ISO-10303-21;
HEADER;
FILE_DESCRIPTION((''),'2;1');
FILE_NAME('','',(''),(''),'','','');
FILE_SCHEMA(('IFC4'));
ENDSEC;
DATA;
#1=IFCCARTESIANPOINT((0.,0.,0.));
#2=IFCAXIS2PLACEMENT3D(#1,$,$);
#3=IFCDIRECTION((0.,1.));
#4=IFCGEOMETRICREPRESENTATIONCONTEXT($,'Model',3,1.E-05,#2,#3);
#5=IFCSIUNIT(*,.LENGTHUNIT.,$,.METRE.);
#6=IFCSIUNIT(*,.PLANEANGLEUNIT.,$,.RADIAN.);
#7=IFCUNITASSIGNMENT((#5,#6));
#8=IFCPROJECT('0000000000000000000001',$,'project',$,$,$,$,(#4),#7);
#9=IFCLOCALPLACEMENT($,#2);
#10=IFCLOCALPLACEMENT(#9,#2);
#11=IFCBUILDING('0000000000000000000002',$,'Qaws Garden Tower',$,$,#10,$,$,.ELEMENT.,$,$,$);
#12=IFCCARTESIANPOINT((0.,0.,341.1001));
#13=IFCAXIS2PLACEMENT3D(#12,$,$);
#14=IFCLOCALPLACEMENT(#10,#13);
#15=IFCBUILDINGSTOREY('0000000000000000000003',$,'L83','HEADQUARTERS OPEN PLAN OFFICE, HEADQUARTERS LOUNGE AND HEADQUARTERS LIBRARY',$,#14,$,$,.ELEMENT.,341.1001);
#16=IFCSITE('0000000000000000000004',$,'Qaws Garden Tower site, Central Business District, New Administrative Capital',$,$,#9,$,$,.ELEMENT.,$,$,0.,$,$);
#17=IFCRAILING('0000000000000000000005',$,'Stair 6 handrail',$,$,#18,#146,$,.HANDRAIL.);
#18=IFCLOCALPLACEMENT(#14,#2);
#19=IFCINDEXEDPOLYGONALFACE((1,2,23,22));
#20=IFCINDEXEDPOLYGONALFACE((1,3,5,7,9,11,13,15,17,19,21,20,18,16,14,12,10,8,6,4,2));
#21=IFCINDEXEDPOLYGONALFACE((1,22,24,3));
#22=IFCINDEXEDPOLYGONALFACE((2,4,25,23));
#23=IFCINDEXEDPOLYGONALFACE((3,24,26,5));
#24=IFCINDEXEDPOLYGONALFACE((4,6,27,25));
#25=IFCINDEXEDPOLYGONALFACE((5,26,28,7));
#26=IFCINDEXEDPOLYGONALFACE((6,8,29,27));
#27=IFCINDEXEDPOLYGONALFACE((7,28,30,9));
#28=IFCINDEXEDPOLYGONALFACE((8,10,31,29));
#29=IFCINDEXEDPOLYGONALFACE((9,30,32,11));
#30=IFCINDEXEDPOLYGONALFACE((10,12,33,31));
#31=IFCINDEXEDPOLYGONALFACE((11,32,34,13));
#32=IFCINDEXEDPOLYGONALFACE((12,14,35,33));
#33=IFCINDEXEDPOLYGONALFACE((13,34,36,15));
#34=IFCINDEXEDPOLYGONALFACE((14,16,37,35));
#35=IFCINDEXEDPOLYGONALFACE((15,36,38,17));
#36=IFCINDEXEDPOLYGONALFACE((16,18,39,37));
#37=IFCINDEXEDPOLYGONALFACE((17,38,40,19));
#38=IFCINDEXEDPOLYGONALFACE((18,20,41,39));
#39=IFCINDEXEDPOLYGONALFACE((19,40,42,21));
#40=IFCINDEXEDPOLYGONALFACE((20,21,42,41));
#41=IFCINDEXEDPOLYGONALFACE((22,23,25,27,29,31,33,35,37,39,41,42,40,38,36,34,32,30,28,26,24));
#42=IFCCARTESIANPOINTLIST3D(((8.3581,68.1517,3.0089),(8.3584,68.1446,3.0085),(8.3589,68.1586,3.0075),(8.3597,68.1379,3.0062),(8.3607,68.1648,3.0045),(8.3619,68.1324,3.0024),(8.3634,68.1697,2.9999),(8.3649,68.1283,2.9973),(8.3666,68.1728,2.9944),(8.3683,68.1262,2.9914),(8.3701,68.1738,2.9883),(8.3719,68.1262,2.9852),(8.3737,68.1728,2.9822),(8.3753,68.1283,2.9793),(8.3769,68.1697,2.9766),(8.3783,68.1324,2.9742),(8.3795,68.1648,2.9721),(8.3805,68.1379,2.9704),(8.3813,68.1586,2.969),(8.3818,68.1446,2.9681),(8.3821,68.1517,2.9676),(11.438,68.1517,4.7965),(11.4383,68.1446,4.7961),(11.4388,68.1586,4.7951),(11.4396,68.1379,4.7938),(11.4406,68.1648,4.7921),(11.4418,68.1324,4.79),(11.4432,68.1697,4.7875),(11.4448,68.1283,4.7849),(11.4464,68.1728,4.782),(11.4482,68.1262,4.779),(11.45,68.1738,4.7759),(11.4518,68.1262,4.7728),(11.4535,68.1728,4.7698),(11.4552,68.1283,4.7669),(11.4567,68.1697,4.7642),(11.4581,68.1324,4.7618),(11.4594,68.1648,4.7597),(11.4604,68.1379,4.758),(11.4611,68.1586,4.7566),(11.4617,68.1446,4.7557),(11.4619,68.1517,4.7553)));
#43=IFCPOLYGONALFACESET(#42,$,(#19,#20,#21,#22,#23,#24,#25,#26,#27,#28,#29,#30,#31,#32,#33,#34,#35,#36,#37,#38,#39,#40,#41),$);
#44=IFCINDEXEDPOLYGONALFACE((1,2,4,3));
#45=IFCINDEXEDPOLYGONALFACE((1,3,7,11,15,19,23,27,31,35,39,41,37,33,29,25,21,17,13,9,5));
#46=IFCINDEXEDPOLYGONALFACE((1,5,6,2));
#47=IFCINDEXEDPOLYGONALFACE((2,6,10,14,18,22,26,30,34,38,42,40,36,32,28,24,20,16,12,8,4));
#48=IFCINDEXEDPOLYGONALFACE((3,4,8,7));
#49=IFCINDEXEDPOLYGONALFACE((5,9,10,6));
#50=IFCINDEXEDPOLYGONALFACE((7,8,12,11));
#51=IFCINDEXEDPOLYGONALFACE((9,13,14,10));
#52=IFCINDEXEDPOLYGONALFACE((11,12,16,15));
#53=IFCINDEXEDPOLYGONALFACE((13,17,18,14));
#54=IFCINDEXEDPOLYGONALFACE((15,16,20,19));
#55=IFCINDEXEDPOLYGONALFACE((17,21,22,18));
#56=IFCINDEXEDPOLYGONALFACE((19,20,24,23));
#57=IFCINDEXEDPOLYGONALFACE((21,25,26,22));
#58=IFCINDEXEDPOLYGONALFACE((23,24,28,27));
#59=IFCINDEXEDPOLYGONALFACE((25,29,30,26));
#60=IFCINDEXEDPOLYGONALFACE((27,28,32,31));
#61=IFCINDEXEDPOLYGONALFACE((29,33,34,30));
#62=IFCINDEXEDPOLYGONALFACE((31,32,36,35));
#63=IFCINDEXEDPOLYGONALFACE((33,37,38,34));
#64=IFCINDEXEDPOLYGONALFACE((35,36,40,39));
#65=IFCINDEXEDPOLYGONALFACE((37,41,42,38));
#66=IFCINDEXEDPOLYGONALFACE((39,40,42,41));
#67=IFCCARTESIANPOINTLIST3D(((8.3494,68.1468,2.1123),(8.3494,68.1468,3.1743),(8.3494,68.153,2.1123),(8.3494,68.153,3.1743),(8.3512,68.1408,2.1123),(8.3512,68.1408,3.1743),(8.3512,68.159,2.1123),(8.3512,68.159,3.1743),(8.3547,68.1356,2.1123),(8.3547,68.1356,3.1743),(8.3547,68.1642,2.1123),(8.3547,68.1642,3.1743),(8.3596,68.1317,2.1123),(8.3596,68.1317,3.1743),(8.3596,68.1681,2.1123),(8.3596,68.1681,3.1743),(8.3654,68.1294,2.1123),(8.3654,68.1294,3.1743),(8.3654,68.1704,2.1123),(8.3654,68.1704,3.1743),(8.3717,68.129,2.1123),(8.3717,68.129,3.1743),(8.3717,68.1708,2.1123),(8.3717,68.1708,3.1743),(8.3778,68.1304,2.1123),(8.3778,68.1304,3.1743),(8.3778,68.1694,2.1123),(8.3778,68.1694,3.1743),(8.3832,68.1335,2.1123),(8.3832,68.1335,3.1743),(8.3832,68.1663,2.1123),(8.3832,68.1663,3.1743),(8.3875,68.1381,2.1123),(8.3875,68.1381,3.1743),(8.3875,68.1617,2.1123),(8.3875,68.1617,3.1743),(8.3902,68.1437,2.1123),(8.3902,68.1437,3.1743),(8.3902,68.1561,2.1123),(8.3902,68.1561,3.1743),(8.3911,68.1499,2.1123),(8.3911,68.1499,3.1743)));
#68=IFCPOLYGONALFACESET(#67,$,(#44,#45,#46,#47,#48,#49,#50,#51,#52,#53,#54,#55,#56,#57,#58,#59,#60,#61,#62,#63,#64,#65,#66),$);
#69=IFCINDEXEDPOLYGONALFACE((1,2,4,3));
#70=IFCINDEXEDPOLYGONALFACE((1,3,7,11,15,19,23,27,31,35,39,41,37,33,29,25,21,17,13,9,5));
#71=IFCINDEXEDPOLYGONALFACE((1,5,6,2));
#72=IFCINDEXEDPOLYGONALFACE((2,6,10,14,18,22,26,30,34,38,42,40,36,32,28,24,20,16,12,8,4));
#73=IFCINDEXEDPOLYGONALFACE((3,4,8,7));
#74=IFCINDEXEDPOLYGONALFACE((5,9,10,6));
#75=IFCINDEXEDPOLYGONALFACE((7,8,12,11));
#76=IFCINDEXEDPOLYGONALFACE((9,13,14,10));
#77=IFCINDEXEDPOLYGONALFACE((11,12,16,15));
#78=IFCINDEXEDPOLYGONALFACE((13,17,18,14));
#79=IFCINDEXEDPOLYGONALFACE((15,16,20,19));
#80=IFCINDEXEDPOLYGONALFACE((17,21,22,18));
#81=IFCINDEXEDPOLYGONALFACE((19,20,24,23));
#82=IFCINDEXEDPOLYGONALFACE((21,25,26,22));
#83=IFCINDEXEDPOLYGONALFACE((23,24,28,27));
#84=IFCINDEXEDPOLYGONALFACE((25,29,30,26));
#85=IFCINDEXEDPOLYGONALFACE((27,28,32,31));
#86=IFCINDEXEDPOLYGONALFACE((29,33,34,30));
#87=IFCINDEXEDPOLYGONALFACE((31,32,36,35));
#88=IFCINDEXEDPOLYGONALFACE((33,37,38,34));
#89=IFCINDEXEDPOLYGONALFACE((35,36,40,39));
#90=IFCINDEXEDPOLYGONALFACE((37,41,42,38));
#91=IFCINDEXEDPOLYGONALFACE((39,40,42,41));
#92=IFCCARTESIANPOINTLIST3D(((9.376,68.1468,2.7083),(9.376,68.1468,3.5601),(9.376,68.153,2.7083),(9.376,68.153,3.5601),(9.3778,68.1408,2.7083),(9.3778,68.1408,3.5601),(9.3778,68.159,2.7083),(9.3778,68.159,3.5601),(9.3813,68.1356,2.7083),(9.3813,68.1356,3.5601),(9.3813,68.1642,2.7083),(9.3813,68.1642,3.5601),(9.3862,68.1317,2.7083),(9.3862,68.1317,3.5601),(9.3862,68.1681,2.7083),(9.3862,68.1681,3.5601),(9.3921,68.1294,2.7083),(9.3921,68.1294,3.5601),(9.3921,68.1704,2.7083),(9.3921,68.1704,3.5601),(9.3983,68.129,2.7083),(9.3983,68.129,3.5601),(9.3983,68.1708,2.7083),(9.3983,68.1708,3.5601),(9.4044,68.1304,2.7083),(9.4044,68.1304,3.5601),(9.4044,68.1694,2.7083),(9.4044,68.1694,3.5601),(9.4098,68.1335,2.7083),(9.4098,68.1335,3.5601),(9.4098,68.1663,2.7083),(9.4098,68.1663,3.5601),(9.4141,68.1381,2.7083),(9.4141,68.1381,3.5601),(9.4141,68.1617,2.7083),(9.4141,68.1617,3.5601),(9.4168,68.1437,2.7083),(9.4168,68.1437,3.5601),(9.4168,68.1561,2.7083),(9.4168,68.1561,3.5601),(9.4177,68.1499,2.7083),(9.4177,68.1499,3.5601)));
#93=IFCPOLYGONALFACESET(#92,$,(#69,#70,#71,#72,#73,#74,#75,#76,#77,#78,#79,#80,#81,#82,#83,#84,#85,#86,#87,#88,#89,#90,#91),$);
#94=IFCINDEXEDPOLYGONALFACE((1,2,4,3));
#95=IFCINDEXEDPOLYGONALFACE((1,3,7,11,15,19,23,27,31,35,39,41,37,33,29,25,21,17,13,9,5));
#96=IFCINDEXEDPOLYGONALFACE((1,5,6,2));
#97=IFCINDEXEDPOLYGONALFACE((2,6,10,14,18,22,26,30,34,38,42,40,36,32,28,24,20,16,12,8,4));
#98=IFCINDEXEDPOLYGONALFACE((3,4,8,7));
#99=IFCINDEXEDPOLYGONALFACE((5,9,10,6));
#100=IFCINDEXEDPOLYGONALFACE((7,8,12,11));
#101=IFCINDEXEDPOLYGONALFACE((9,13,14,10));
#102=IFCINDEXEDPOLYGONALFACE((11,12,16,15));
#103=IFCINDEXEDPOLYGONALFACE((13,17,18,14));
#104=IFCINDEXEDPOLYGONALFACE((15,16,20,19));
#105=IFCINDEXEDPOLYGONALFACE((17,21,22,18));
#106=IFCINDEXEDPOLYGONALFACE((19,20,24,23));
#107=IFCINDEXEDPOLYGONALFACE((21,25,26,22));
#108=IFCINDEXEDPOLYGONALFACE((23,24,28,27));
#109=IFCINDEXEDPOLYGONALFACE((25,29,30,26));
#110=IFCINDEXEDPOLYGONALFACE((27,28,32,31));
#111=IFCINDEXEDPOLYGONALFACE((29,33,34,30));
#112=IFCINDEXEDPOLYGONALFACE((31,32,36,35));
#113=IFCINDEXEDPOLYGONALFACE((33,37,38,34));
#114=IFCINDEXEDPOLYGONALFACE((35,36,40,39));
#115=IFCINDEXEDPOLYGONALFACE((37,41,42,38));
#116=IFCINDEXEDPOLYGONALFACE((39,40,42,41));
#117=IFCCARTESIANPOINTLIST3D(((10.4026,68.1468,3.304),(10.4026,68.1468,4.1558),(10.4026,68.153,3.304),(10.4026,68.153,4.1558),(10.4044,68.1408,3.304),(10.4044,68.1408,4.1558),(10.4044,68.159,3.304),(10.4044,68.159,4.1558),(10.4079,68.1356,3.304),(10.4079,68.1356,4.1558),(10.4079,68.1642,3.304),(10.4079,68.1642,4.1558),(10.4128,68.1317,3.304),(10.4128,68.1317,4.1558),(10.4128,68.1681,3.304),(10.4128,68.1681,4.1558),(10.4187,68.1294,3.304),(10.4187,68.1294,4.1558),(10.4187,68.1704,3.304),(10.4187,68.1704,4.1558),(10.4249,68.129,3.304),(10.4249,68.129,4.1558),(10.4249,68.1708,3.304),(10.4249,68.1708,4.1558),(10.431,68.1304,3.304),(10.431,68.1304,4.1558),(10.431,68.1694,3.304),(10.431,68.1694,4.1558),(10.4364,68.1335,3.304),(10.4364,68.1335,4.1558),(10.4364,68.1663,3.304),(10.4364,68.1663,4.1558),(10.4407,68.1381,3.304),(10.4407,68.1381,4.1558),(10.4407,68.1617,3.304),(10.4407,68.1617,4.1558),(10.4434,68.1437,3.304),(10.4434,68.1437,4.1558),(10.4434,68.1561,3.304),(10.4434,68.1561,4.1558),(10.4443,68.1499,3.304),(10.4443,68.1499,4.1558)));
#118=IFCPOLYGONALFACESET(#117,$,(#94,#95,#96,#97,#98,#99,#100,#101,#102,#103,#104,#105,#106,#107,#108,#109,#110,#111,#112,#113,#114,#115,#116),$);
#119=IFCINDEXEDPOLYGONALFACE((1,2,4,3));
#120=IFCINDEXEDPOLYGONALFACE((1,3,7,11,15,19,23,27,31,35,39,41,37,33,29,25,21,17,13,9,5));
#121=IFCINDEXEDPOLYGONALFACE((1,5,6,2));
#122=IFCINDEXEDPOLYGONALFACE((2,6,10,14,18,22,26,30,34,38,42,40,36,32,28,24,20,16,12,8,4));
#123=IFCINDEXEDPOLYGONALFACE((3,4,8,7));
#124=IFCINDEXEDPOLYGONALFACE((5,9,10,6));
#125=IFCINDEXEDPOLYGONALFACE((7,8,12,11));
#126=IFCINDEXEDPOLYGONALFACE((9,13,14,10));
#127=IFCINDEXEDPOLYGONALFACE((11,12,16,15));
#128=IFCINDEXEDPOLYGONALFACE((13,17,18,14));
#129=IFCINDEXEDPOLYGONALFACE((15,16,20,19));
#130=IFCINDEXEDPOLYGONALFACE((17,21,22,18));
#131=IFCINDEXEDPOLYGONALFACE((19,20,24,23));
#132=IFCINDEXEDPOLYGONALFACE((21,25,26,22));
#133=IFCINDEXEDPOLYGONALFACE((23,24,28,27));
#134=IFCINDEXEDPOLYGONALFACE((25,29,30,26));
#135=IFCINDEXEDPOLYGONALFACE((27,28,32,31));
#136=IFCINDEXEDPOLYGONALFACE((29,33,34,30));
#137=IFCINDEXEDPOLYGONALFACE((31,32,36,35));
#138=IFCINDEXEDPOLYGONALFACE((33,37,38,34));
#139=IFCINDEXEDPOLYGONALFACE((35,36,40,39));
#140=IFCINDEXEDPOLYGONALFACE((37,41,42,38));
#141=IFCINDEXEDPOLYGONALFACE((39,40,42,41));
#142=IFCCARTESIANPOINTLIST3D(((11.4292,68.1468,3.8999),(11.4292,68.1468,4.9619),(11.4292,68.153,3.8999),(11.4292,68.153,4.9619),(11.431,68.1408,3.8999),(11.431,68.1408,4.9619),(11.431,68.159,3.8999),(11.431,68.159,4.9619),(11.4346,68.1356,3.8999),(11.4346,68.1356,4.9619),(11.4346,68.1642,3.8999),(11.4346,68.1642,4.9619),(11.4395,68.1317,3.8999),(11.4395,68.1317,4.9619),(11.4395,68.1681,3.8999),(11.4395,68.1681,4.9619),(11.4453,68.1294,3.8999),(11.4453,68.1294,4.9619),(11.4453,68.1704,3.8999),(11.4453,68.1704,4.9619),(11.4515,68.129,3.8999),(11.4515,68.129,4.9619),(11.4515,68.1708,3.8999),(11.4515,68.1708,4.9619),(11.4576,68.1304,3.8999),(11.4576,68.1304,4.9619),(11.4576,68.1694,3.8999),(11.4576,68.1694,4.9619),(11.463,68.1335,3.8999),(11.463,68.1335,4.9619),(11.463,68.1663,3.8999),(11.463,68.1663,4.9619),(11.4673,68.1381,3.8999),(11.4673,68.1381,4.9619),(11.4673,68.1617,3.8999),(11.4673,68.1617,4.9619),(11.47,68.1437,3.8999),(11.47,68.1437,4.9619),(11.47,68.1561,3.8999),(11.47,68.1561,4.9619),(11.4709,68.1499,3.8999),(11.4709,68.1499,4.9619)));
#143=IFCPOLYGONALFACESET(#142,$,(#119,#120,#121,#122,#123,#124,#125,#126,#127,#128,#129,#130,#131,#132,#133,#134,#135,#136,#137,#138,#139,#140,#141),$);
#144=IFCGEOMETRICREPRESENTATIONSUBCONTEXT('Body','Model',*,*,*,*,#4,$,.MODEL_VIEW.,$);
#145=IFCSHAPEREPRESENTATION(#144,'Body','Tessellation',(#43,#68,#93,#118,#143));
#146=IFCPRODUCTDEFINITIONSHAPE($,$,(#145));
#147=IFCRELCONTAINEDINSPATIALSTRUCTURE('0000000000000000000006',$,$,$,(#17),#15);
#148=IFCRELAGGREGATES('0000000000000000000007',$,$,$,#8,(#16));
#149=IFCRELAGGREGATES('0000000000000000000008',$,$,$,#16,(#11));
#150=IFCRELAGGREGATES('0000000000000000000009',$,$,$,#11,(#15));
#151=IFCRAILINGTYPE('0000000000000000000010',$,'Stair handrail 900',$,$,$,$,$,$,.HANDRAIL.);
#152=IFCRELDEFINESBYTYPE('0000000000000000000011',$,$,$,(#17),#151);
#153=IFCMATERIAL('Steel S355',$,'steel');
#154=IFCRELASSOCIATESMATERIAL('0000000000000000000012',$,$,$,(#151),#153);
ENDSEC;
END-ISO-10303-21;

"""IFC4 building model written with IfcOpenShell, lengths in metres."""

from ifc_helpers import new_model, si_unit, direction, frame, origin, origin_2d, place, context, subcontext, project, spatial, circle, extrude, material, type_object, element, save


model = new_model("IFC4")

# Units and contexts
model_context = context("Model", 3, precision=1e-05, world=origin(), true_north=direction((0.0, 1.0)))
body_context = subcontext(model_context, "Body", "Model", "MODEL_VIEW")
ifc_project = project(units=[si_unit("LENGTHUNIT", "METRE"), si_unit("PLANEANGLEUNIT", "RADIAN")], contexts=[model_context])

# Site, building, storey
site_placement = place(None, origin())
site = spatial("IfcSite", under=ifc_project, at=site_placement, Name="Qaws Garden Tower site, Central Business District, New Administrative Capital", CompositionType="ELEMENT", RefElevation=0.0)
building_placement = place(site_placement, origin())
building = spatial("IfcBuilding", under=site, at=building_placement, Name="Qaws Garden Tower", CompositionType="ELEMENT")
storey_placement = place(building_placement, frame((0.0, 0.0, 341.1001)))
storey = spatial("IfcBuildingStorey", under=building, at=storey_placement, Name="L83", Description="HEADQUARTERS OPEN PLAN OFFICE, HEADQUARTERS LOUNGE AND HEADQUARTERS LIBRARY", CompositionType="ELEMENT", Elevation=341.1001)

# Railing
ifc_material_1 = material(Name="Steel S355", Category="steel")
railing_type = type_object("IfcRailingType", Name="Stair handrail 900", PredefinedType="HANDRAIL", material=ifc_material_1)
railing_1_placement = place(storey_placement, frame((8.3701, 68.1499, 2.1123)))
element("IfcRailing", 1, at=railing_1_placement, inside=storey, type_object=railing_type, Name="Stair 6 handrail", PredefinedType="HANDRAIL", context=body_context, shape_type="SweptSolid", body=[
    extrude(circle(Radius=0.0239, at=origin_2d()), frame((0.0, 0.0, 0.876), z_axis=(0.864873, 0.0, 0.50199), x_axis=(0.0, 1.0, 0.0)), (0.0, 0.0, 1.0), 3.561),
    extrude(circle(Radius=0.021, at=origin_2d()), origin(), (0.0, 0.0, 1.0), 1.062),
    extrude(circle(Radius=0.021, at=origin_2d()), frame((1.0266, 0.0, 0.5959)), (0.0, 0.0, 1.0), 0.8518),
    extrude(circle(Radius=0.021, at=origin_2d()), frame((2.0532, 0.0, 1.1917)), (0.0, 0.0, 1.0), 0.8518),
    extrude(circle(Radius=0.021, at=origin_2d()), frame((3.0798, 0.0, 1.7876)), (0.0, 0.0, 1.0), 1.062),
])

save(model, "model.ifc")
